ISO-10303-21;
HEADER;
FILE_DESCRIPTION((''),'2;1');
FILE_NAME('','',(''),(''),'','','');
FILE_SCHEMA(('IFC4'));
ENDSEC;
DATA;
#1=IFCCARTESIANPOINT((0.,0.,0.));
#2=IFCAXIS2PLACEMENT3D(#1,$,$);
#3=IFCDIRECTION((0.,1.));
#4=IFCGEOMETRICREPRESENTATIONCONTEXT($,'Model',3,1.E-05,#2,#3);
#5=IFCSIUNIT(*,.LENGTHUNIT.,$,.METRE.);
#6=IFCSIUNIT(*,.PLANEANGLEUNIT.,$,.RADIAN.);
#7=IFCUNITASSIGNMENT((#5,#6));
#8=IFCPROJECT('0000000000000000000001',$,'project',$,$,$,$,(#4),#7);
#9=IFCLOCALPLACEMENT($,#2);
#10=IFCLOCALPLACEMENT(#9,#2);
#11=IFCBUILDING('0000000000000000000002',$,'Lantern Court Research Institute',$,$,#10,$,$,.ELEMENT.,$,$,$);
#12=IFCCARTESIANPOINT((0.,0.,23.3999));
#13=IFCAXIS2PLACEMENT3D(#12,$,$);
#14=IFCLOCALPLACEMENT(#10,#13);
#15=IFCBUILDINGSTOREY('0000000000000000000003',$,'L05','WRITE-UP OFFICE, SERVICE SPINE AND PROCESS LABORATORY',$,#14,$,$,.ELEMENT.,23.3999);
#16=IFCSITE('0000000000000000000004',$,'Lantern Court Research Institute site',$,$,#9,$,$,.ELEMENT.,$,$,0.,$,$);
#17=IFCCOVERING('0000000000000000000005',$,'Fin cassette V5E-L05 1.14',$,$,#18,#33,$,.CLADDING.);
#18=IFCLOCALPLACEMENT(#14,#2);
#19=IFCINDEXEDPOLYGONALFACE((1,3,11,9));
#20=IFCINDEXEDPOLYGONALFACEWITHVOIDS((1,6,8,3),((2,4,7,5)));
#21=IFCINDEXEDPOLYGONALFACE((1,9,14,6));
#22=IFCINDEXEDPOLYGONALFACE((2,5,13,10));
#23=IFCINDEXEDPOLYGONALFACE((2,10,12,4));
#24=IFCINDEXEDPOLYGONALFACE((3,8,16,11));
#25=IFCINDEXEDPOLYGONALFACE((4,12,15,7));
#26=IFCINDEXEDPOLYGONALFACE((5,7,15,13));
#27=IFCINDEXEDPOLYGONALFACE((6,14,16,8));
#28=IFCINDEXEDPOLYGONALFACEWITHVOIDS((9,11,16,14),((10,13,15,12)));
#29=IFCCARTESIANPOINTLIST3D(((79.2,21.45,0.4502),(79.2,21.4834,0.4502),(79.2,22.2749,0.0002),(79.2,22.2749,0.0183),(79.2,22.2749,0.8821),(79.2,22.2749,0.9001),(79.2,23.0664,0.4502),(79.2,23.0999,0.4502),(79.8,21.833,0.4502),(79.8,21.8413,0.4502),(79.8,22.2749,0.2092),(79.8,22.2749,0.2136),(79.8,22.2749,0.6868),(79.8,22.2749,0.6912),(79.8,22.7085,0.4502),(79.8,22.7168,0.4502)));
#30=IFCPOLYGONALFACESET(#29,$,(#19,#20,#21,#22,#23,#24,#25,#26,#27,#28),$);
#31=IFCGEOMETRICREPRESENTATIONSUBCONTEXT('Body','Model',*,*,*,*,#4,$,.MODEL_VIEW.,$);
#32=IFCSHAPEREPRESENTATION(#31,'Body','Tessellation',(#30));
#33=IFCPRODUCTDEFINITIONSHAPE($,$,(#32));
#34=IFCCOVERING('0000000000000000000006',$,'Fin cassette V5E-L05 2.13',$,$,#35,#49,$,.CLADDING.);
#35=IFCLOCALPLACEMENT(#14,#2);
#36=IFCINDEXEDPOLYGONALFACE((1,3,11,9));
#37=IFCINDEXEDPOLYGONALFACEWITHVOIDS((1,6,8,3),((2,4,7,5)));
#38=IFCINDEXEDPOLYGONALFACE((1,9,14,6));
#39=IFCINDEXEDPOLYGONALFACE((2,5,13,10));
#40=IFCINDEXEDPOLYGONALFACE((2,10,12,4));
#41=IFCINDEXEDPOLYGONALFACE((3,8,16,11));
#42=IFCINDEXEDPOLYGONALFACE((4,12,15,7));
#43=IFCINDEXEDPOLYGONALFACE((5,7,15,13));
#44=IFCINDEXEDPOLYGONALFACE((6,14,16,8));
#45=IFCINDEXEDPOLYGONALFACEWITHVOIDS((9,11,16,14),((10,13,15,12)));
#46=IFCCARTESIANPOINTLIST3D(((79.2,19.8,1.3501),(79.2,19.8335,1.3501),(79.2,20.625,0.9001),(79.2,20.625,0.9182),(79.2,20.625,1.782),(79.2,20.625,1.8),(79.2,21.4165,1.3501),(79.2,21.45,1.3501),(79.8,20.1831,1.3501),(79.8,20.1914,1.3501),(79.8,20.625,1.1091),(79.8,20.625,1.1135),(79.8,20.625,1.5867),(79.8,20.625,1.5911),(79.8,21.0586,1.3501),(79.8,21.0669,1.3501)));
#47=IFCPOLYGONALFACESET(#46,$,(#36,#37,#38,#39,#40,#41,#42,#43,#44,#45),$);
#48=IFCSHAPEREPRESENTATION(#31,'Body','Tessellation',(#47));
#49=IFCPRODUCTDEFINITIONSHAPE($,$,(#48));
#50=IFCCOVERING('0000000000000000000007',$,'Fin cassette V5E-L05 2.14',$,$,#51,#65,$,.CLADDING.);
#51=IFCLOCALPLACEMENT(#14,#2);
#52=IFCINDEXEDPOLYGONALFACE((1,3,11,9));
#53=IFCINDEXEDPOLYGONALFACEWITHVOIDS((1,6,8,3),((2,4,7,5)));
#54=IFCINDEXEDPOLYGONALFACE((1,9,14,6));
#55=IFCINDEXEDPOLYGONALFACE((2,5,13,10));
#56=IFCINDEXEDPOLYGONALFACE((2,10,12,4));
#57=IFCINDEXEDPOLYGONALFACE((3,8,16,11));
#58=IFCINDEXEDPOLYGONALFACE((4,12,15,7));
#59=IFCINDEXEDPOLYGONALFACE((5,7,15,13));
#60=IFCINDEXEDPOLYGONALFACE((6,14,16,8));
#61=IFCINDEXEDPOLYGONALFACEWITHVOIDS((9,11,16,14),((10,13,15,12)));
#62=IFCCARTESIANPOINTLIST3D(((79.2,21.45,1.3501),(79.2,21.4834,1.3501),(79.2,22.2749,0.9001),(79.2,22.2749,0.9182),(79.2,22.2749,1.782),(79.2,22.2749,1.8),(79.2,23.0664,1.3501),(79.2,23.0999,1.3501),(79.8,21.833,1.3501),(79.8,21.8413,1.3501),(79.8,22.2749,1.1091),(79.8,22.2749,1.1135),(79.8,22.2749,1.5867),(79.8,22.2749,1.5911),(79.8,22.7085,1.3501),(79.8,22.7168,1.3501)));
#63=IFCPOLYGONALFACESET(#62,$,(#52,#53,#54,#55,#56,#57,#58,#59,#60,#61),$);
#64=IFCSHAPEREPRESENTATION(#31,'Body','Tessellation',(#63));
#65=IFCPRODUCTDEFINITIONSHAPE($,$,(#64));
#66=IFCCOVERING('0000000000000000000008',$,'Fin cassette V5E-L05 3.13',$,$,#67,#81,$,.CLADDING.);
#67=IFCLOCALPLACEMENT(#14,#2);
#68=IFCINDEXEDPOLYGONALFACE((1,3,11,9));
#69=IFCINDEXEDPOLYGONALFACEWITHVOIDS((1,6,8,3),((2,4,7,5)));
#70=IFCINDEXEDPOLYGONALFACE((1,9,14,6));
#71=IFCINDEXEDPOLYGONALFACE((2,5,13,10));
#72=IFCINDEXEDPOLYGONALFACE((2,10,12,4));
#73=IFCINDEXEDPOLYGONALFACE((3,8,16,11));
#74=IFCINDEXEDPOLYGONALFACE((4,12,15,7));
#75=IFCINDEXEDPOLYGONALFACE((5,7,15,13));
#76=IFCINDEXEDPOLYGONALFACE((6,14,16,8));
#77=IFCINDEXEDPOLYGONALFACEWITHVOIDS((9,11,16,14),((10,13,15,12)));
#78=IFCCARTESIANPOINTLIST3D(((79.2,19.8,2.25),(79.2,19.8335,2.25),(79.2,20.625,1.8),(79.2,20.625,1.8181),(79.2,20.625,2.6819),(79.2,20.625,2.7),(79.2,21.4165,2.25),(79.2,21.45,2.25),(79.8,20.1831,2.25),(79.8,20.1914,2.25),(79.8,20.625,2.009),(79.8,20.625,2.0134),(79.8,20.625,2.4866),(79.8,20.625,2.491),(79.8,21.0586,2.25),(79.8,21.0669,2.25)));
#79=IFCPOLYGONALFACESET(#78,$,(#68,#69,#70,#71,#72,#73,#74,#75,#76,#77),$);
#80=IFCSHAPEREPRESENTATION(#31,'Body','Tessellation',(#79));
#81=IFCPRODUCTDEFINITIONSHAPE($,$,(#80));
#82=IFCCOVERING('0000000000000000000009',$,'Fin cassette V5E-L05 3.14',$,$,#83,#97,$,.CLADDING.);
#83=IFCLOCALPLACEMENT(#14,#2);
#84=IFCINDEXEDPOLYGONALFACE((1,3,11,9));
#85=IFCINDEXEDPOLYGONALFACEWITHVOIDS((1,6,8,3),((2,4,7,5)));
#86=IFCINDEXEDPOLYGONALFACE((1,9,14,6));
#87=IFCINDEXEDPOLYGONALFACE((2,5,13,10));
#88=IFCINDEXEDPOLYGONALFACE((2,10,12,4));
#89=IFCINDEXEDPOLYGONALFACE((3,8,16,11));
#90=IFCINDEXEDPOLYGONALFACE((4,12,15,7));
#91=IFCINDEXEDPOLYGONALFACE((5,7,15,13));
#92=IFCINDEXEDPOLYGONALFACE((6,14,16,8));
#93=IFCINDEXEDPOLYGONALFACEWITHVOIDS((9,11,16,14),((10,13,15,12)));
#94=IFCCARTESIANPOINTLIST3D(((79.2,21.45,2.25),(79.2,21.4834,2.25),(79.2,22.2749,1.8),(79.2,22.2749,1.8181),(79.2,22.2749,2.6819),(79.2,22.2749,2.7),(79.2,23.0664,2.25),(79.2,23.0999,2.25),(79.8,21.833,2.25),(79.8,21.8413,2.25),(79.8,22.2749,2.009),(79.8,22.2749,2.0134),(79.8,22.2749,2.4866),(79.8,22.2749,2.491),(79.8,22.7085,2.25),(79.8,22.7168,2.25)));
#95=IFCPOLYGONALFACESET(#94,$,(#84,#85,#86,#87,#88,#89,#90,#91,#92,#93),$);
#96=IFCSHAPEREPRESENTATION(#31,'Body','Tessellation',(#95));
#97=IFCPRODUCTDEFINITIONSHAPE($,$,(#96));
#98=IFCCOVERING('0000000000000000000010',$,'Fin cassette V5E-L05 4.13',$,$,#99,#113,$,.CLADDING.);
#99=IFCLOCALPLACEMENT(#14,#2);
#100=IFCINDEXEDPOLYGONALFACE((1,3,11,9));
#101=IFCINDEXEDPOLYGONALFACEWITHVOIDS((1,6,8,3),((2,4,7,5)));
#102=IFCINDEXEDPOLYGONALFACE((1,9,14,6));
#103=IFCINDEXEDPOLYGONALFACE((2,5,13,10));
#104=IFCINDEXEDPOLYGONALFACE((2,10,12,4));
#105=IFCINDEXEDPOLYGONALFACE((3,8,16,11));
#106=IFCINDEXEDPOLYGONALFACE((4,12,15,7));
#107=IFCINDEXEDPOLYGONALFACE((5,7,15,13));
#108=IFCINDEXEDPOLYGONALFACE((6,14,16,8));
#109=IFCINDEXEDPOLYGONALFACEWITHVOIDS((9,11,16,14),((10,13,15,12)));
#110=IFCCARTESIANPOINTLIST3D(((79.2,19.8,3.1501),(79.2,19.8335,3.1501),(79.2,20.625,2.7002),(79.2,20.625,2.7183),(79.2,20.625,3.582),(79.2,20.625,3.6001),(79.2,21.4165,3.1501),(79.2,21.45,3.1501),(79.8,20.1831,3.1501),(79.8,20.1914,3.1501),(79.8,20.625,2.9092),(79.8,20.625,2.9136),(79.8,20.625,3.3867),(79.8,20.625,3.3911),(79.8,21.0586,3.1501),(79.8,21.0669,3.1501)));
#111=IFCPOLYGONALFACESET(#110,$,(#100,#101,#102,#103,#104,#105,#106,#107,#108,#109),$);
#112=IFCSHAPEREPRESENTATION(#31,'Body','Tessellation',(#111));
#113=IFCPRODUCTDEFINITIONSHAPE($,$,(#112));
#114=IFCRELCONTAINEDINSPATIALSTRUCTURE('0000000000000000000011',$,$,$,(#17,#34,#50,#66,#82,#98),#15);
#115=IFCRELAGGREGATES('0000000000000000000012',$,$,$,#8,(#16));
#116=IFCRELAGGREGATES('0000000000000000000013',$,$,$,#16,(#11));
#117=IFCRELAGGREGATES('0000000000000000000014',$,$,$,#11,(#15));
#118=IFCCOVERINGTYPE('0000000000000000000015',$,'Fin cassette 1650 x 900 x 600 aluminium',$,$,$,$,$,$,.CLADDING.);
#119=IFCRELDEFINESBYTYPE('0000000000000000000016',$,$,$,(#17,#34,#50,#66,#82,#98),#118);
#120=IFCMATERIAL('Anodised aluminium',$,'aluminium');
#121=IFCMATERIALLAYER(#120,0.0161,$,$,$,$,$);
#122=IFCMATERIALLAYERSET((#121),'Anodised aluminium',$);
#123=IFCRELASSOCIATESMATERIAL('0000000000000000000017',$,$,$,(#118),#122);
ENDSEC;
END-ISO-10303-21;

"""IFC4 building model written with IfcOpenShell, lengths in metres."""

from ifc_helpers import new_model, entity, si_unit, direction, frame, origin, place, context, subcontext, project, spatial, material, layer, layer_set, type_object, element, save


model = new_model("IFC4")

# Units and contexts
model_context = context("Model", 3, precision=1e-05, world=origin(), true_north=direction((0.0, 1.0)))
body_context = subcontext(model_context, "Body", "Model", "MODEL_VIEW")
ifc_project = project(units=[si_unit("LENGTHUNIT", "METRE"), si_unit("PLANEANGLEUNIT", "RADIAN")], contexts=[model_context])

# Site, building, storey
site_placement = place(None, origin())
site = spatial("IfcSite", under=ifc_project, at=site_placement, Name="Lantern Court Research Institute site", CompositionType="ELEMENT", RefElevation=0.0)
building_placement = place(site_placement, origin())
building = spatial("IfcBuilding", under=site, at=building_placement, Name="Lantern Court Research Institute", CompositionType="ELEMENT")
storey_placement = place(building_placement, frame((0.0, 0.0, 23.3999)))
storey = spatial("IfcBuildingStorey", under=building, at=storey_placement, Name="L05", Description="WRITE-UP OFFICE, SERVICE SPINE AND PROCESS LABORATORY", CompositionType="ELEMENT", Elevation=23.3999)

# Coverings
ifc_material = material(Name="Anodised aluminium", Category="aluminium")
ifc_layer = layer(ifc_material, 0.0161)
ifc_layer_set = layer_set([ifc_layer], Name="Anodised aluminium")
covering_type = type_object("IfcCoveringType", Name="Fin cassette 1650 x 900 x 600 aluminium", PredefinedType="CLADDING", material=ifc_layer_set)
covering_1_placement = place(storey_placement, frame((79.2, 22.2749, 0.4502), z_axis=(1.0, 0.0, 0.0), x_axis=(0.0, 1.0, 0.0)))
cartesian_point_1 = entity("IfcCartesianPoint", [0.825, 0.0])
cartesian_point_2 = entity("IfcCartesianPoint", [0.7915, 0.0])
cartesian_point_3 = entity("IfcCartesianPoint", [0.4419, 0.0])
cartesian_point_4 = entity("IfcCartesianPoint", [0.4336, 0.0])
element("IfcCovering", 1, at=covering_1_placement, inside=storey, type_object=covering_type, Name="Fin cassette V5E-L05 1.14", PredefinedType="CLADDING", context=body_context, shape_type="SweptSolid", body=[
    entity("IfcExtrudedAreaSolidTapered", entity("IfcArbitraryProfileDefWithVoids", "AREA", None, entity("IfcPolyline", [cartesian_point_1, entity("IfcCartesianPoint", [0.0, 0.45]), entity("IfcCartesianPoint", [-0.825, 0.0]), entity("IfcCartesianPoint", [0.0, -0.45]), cartesian_point_1]), [entity("IfcPolyline", [cartesian_point_2, entity("IfcCartesianPoint", [0.0, 0.4319]), entity("IfcCartesianPoint", [-0.7915, 0.0]), entity("IfcCartesianPoint", [0.0, -0.4319]), cartesian_point_2])]), entity("IfcAxis2Placement3D", entity("IfcCartesianPoint", [0.0, 0.0, 0.0])), entity("IfcDirection", [0.0, 0.0, 1.0]), 0.6001, entity("IfcArbitraryProfileDefWithVoids", "AREA", None, entity("IfcPolyline", [cartesian_point_3, entity("IfcCartesianPoint", [0.0, 0.241]), entity("IfcCartesianPoint", [-0.4419, 0.0]), entity("IfcCartesianPoint", [0.0, -0.241]), cartesian_point_3]), [entity("IfcPolyline", [cartesian_point_4, entity("IfcCartesianPoint", [0.0, 0.2366]), entity("IfcCartesianPoint", [-0.4336, 0.0]), entity("IfcCartesianPoint", [0.0, -0.2366]), cartesian_point_4])])),
])
covering_2_placement = place(storey_placement, frame((79.2, 20.625, 1.3501), z_axis=(1.0, 0.0, 0.0), x_axis=(0.0, 1.0, 0.0)))
cartesian_point_5 = entity("IfcCartesianPoint", [0.825, 0.0])
cartesian_point_6 = entity("IfcCartesianPoint", [0.7915, 0.0])
cartesian_point_7 = entity("IfcCartesianPoint", [0.4419, 0.0])
cartesian_point_8 = entity("IfcCartesianPoint", [0.4336, 0.0])
element("IfcCovering", 2, at=covering_2_placement, inside=storey, type_object=covering_type, Name="Fin cassette V5E-L05 2.13", PredefinedType="CLADDING", context=body_context, shape_type="SweptSolid", body=[
    entity("IfcExtrudedAreaSolidTapered", entity("IfcArbitraryProfileDefWithVoids", "AREA", None, entity("IfcPolyline", [cartesian_point_5, entity("IfcCartesianPoint", [0.0, 0.45]), entity("IfcCartesianPoint", [-0.825, 0.0]), entity("IfcCartesianPoint", [0.0, -0.45]), cartesian_point_5]), [entity("IfcPolyline", [cartesian_point_6, entity("IfcCartesianPoint", [0.0, 0.4319]), entity("IfcCartesianPoint", [-0.7915, 0.0]), entity("IfcCartesianPoint", [0.0, -0.4319]), cartesian_point_6])]), entity("IfcAxis2Placement3D", entity("IfcCartesianPoint", [0.0, 0.0, 0.0])), entity("IfcDirection", [0.0, 0.0, 1.0]), 0.6001, entity("IfcArbitraryProfileDefWithVoids", "AREA", None, entity("IfcPolyline", [cartesian_point_7, entity("IfcCartesianPoint", [0.0, 0.241]), entity("IfcCartesianPoint", [-0.4419, 0.0]), entity("IfcCartesianPoint", [0.0, -0.241]), cartesian_point_7]), [entity("IfcPolyline", [cartesian_point_8, entity("IfcCartesianPoint", [0.0, 0.2366]), entity("IfcCartesianPoint", [-0.4336, 0.0]), entity("IfcCartesianPoint", [0.0, -0.2366]), cartesian_point_8])])),
])
covering_3_placement = place(storey_placement, frame((79.2, 22.2749, 1.3501), z_axis=(1.0, 0.0, 0.0), x_axis=(0.0, 1.0, 0.0)))
cartesian_point_9 = entity("IfcCartesianPoint", [0.825, 0.0])
cartesian_point_10 = entity("IfcCartesianPoint", [0.7915, 0.0])
cartesian_point_11 = entity("IfcCartesianPoint", [0.4419, 0.0])
cartesian_point_12 = entity("IfcCartesianPoint", [0.4336, 0.0])
element("IfcCovering", 3, at=covering_3_placement, inside=storey, type_object=covering_type, Name="Fin cassette V5E-L05 2.14", PredefinedType="CLADDING", context=body_context, shape_type="SweptSolid", body=[
    entity("IfcExtrudedAreaSolidTapered", entity("IfcArbitraryProfileDefWithVoids", "AREA", None, entity("IfcPolyline", [cartesian_point_9, entity("IfcCartesianPoint", [0.0, 0.45]), entity("IfcCartesianPoint", [-0.825, 0.0]), entity("IfcCartesianPoint", [0.0, -0.45]), cartesian_point_9]), [entity("IfcPolyline", [cartesian_point_10, entity("IfcCartesianPoint", [0.0, 0.4319]), entity("IfcCartesianPoint", [-0.7915, 0.0]), entity("IfcCartesianPoint", [0.0, -0.4319]), cartesian_point_10])]), entity("IfcAxis2Placement3D", entity("IfcCartesianPoint", [0.0, 0.0, 0.0])), entity("IfcDirection", [0.0, 0.0, 1.0]), 0.6001, entity("IfcArbitraryProfileDefWithVoids", "AREA", None, entity("IfcPolyline", [cartesian_point_11, entity("IfcCartesianPoint", [0.0, 0.241]), entity("IfcCartesianPoint", [-0.4419, 0.0]), entity("IfcCartesianPoint", [0.0, -0.241]), cartesian_point_11]), [entity("IfcPolyline", [cartesian_point_12, entity("IfcCartesianPoint", [0.0, 0.2366]), entity("IfcCartesianPoint", [-0.4336, 0.0]), entity("IfcCartesianPoint", [0.0, -0.2366]), cartesian_point_12])])),
])
covering_4_placement = place(storey_placement, frame((79.2, 20.625, 2.25), z_axis=(1.0, 0.0, 0.0), x_axis=(0.0, 1.0, 0.0)))
cartesian_point_13 = entity("IfcCartesianPoint", [0.825, 0.0])
cartesian_point_14 = entity("IfcCartesianPoint", [0.7915, 0.0])
cartesian_point_15 = entity("IfcCartesianPoint", [0.4419, 0.0])
cartesian_point_16 = entity("IfcCartesianPoint", [0.4336, 0.0])
element("IfcCovering", 4, at=covering_4_placement, inside=storey, type_object=covering_type, Name="Fin cassette V5E-L05 3.13", PredefinedType="CLADDING", context=body_context, shape_type="SweptSolid", body=[
    entity("IfcExtrudedAreaSolidTapered", entity("IfcArbitraryProfileDefWithVoids", "AREA", None, entity("IfcPolyline", [cartesian_point_13, entity("IfcCartesianPoint", [0.0, 0.45]), entity("IfcCartesianPoint", [-0.825, 0.0]), entity("IfcCartesianPoint", [0.0, -0.45]), cartesian_point_13]), [entity("IfcPolyline", [cartesian_point_14, entity("IfcCartesianPoint", [0.0, 0.4319]), entity("IfcCartesianPoint", [-0.7915, 0.0]), entity("IfcCartesianPoint", [0.0, -0.4319]), cartesian_point_14])]), entity("IfcAxis2Placement3D", entity("IfcCartesianPoint", [0.0, 0.0, 0.0])), entity("IfcDirection", [0.0, 0.0, 1.0]), 0.6001, entity("IfcArbitraryProfileDefWithVoids", "AREA", None, entity("IfcPolyline", [cartesian_point_15, entity("IfcCartesianPoint", [0.0, 0.241]), entity("IfcCartesianPoint", [-0.4419, 0.0]), entity("IfcCartesianPoint", [0.0, -0.241]), cartesian_point_15]), [entity("IfcPolyline", [cartesian_point_16, entity("IfcCartesianPoint", [0.0, 0.2366]), entity("IfcCartesianPoint", [-0.4336, 0.0]), entity("IfcCartesianPoint", [0.0, -0.2366]), cartesian_point_16])])),
])
covering_5_placement = place(storey_placement, frame((79.2, 22.2749, 2.25), z_axis=(1.0, 0.0, 0.0), x_axis=(0.0, 1.0, 0.0)))
cartesian_point_17 = entity("IfcCartesianPoint", [0.825, 0.0])
cartesian_point_18 = entity("IfcCartesianPoint", [0.7915, 0.0])
cartesian_point_19 = entity("IfcCartesianPoint", [0.4419, 0.0])
cartesian_point_20 = entity("IfcCartesianPoint", [0.4336, 0.0])
element("IfcCovering", 5, at=covering_5_placement, inside=storey, type_object=covering_type, Name="Fin cassette V5E-L05 3.14", PredefinedType="CLADDING", context=body_context, shape_type="SweptSolid", body=[
    entity("IfcExtrudedAreaSolidTapered", entity("IfcArbitraryProfileDefWithVoids", "AREA", None, entity("IfcPolyline", [cartesian_point_17, entity("IfcCartesianPoint", [0.0, 0.45]), entity("IfcCartesianPoint", [-0.825, 0.0]), entity("IfcCartesianPoint", [0.0, -0.45]), cartesian_point_17]), [entity("IfcPolyline", [cartesian_point_18, entity("IfcCartesianPoint", [0.0, 0.4319]), entity("IfcCartesianPoint", [-0.7915, 0.0]), entity("IfcCartesianPoint", [0.0, -0.4319]), cartesian_point_18])]), entity("IfcAxis2Placement3D", entity("IfcCartesianPoint", [0.0, 0.0, 0.0])), entity("IfcDirection", [0.0, 0.0, 1.0]), 0.6001, entity("IfcArbitraryProfileDefWithVoids", "AREA", None, entity("IfcPolyline", [cartesian_point_19, entity("IfcCartesianPoint", [0.0, 0.241]), entity("IfcCartesianPoint", [-0.4419, 0.0]), entity("IfcCartesianPoint", [0.0, -0.241]), cartesian_point_19]), [entity("IfcPolyline", [cartesian_point_20, entity("IfcCartesianPoint", [0.0, 0.2366]), entity("IfcCartesianPoint", [-0.4336, 0.0]), entity("IfcCartesianPoint", [0.0, -0.2366]), cartesian_point_20])])),
])
covering_6_placement = place(storey_placement, frame((79.2, 20.625, 3.1501), z_axis=(1.0, 0.0, 0.0), x_axis=(0.0, 1.0, 0.0)))
cartesian_point_21 = entity("IfcCartesianPoint", [0.825, 0.0])
cartesian_point_22 = entity("IfcCartesianPoint", [0.7915, 0.0])
cartesian_point_23 = entity("IfcCartesianPoint", [0.4419, 0.0])
cartesian_point_24 = entity("IfcCartesianPoint", [0.4336, 0.0])
element("IfcCovering", 6, at=covering_6_placement, inside=storey, type_object=covering_type, Name="Fin cassette V5E-L05 4.13", PredefinedType="CLADDING", context=body_context, shape_type="SweptSolid", body=[
    entity("IfcExtrudedAreaSolidTapered", entity("IfcArbitraryProfileDefWithVoids", "AREA", None, entity("IfcPolyline", [cartesian_point_21, entity("IfcCartesianPoint", [0.0, 0.45]), entity("IfcCartesianPoint", [-0.825, 0.0]), entity("IfcCartesianPoint", [0.0, -0.45]), cartesian_point_21]), [entity("IfcPolyline", [cartesian_point_22, entity("IfcCartesianPoint", [0.0, 0.4319]), entity("IfcCartesianPoint", [-0.7915, 0.0]), entity("IfcCartesianPoint", [0.0, -0.4319]), cartesian_point_22])]), entity("IfcAxis2Placement3D", entity("IfcCartesianPoint", [0.0, 0.0, 0.0])), entity("IfcDirection", [0.0, 0.0, 1.0]), 0.6001, entity("IfcArbitraryProfileDefWithVoids", "AREA", None, entity("IfcPolyline", [cartesian_point_23, entity("IfcCartesianPoint", [0.0, 0.241]), entity("IfcCartesianPoint", [-0.4419, 0.0]), entity("IfcCartesianPoint", [0.0, -0.241]), cartesian_point_23]), [entity("IfcPolyline", [cartesian_point_24, entity("IfcCartesianPoint", [0.0, 0.2366]), entity("IfcCartesianPoint", [-0.4336, 0.0]), entity("IfcCartesianPoint", [0.0, -0.2366]), cartesian_point_24])])),
])

save(model, "model.ifc")
